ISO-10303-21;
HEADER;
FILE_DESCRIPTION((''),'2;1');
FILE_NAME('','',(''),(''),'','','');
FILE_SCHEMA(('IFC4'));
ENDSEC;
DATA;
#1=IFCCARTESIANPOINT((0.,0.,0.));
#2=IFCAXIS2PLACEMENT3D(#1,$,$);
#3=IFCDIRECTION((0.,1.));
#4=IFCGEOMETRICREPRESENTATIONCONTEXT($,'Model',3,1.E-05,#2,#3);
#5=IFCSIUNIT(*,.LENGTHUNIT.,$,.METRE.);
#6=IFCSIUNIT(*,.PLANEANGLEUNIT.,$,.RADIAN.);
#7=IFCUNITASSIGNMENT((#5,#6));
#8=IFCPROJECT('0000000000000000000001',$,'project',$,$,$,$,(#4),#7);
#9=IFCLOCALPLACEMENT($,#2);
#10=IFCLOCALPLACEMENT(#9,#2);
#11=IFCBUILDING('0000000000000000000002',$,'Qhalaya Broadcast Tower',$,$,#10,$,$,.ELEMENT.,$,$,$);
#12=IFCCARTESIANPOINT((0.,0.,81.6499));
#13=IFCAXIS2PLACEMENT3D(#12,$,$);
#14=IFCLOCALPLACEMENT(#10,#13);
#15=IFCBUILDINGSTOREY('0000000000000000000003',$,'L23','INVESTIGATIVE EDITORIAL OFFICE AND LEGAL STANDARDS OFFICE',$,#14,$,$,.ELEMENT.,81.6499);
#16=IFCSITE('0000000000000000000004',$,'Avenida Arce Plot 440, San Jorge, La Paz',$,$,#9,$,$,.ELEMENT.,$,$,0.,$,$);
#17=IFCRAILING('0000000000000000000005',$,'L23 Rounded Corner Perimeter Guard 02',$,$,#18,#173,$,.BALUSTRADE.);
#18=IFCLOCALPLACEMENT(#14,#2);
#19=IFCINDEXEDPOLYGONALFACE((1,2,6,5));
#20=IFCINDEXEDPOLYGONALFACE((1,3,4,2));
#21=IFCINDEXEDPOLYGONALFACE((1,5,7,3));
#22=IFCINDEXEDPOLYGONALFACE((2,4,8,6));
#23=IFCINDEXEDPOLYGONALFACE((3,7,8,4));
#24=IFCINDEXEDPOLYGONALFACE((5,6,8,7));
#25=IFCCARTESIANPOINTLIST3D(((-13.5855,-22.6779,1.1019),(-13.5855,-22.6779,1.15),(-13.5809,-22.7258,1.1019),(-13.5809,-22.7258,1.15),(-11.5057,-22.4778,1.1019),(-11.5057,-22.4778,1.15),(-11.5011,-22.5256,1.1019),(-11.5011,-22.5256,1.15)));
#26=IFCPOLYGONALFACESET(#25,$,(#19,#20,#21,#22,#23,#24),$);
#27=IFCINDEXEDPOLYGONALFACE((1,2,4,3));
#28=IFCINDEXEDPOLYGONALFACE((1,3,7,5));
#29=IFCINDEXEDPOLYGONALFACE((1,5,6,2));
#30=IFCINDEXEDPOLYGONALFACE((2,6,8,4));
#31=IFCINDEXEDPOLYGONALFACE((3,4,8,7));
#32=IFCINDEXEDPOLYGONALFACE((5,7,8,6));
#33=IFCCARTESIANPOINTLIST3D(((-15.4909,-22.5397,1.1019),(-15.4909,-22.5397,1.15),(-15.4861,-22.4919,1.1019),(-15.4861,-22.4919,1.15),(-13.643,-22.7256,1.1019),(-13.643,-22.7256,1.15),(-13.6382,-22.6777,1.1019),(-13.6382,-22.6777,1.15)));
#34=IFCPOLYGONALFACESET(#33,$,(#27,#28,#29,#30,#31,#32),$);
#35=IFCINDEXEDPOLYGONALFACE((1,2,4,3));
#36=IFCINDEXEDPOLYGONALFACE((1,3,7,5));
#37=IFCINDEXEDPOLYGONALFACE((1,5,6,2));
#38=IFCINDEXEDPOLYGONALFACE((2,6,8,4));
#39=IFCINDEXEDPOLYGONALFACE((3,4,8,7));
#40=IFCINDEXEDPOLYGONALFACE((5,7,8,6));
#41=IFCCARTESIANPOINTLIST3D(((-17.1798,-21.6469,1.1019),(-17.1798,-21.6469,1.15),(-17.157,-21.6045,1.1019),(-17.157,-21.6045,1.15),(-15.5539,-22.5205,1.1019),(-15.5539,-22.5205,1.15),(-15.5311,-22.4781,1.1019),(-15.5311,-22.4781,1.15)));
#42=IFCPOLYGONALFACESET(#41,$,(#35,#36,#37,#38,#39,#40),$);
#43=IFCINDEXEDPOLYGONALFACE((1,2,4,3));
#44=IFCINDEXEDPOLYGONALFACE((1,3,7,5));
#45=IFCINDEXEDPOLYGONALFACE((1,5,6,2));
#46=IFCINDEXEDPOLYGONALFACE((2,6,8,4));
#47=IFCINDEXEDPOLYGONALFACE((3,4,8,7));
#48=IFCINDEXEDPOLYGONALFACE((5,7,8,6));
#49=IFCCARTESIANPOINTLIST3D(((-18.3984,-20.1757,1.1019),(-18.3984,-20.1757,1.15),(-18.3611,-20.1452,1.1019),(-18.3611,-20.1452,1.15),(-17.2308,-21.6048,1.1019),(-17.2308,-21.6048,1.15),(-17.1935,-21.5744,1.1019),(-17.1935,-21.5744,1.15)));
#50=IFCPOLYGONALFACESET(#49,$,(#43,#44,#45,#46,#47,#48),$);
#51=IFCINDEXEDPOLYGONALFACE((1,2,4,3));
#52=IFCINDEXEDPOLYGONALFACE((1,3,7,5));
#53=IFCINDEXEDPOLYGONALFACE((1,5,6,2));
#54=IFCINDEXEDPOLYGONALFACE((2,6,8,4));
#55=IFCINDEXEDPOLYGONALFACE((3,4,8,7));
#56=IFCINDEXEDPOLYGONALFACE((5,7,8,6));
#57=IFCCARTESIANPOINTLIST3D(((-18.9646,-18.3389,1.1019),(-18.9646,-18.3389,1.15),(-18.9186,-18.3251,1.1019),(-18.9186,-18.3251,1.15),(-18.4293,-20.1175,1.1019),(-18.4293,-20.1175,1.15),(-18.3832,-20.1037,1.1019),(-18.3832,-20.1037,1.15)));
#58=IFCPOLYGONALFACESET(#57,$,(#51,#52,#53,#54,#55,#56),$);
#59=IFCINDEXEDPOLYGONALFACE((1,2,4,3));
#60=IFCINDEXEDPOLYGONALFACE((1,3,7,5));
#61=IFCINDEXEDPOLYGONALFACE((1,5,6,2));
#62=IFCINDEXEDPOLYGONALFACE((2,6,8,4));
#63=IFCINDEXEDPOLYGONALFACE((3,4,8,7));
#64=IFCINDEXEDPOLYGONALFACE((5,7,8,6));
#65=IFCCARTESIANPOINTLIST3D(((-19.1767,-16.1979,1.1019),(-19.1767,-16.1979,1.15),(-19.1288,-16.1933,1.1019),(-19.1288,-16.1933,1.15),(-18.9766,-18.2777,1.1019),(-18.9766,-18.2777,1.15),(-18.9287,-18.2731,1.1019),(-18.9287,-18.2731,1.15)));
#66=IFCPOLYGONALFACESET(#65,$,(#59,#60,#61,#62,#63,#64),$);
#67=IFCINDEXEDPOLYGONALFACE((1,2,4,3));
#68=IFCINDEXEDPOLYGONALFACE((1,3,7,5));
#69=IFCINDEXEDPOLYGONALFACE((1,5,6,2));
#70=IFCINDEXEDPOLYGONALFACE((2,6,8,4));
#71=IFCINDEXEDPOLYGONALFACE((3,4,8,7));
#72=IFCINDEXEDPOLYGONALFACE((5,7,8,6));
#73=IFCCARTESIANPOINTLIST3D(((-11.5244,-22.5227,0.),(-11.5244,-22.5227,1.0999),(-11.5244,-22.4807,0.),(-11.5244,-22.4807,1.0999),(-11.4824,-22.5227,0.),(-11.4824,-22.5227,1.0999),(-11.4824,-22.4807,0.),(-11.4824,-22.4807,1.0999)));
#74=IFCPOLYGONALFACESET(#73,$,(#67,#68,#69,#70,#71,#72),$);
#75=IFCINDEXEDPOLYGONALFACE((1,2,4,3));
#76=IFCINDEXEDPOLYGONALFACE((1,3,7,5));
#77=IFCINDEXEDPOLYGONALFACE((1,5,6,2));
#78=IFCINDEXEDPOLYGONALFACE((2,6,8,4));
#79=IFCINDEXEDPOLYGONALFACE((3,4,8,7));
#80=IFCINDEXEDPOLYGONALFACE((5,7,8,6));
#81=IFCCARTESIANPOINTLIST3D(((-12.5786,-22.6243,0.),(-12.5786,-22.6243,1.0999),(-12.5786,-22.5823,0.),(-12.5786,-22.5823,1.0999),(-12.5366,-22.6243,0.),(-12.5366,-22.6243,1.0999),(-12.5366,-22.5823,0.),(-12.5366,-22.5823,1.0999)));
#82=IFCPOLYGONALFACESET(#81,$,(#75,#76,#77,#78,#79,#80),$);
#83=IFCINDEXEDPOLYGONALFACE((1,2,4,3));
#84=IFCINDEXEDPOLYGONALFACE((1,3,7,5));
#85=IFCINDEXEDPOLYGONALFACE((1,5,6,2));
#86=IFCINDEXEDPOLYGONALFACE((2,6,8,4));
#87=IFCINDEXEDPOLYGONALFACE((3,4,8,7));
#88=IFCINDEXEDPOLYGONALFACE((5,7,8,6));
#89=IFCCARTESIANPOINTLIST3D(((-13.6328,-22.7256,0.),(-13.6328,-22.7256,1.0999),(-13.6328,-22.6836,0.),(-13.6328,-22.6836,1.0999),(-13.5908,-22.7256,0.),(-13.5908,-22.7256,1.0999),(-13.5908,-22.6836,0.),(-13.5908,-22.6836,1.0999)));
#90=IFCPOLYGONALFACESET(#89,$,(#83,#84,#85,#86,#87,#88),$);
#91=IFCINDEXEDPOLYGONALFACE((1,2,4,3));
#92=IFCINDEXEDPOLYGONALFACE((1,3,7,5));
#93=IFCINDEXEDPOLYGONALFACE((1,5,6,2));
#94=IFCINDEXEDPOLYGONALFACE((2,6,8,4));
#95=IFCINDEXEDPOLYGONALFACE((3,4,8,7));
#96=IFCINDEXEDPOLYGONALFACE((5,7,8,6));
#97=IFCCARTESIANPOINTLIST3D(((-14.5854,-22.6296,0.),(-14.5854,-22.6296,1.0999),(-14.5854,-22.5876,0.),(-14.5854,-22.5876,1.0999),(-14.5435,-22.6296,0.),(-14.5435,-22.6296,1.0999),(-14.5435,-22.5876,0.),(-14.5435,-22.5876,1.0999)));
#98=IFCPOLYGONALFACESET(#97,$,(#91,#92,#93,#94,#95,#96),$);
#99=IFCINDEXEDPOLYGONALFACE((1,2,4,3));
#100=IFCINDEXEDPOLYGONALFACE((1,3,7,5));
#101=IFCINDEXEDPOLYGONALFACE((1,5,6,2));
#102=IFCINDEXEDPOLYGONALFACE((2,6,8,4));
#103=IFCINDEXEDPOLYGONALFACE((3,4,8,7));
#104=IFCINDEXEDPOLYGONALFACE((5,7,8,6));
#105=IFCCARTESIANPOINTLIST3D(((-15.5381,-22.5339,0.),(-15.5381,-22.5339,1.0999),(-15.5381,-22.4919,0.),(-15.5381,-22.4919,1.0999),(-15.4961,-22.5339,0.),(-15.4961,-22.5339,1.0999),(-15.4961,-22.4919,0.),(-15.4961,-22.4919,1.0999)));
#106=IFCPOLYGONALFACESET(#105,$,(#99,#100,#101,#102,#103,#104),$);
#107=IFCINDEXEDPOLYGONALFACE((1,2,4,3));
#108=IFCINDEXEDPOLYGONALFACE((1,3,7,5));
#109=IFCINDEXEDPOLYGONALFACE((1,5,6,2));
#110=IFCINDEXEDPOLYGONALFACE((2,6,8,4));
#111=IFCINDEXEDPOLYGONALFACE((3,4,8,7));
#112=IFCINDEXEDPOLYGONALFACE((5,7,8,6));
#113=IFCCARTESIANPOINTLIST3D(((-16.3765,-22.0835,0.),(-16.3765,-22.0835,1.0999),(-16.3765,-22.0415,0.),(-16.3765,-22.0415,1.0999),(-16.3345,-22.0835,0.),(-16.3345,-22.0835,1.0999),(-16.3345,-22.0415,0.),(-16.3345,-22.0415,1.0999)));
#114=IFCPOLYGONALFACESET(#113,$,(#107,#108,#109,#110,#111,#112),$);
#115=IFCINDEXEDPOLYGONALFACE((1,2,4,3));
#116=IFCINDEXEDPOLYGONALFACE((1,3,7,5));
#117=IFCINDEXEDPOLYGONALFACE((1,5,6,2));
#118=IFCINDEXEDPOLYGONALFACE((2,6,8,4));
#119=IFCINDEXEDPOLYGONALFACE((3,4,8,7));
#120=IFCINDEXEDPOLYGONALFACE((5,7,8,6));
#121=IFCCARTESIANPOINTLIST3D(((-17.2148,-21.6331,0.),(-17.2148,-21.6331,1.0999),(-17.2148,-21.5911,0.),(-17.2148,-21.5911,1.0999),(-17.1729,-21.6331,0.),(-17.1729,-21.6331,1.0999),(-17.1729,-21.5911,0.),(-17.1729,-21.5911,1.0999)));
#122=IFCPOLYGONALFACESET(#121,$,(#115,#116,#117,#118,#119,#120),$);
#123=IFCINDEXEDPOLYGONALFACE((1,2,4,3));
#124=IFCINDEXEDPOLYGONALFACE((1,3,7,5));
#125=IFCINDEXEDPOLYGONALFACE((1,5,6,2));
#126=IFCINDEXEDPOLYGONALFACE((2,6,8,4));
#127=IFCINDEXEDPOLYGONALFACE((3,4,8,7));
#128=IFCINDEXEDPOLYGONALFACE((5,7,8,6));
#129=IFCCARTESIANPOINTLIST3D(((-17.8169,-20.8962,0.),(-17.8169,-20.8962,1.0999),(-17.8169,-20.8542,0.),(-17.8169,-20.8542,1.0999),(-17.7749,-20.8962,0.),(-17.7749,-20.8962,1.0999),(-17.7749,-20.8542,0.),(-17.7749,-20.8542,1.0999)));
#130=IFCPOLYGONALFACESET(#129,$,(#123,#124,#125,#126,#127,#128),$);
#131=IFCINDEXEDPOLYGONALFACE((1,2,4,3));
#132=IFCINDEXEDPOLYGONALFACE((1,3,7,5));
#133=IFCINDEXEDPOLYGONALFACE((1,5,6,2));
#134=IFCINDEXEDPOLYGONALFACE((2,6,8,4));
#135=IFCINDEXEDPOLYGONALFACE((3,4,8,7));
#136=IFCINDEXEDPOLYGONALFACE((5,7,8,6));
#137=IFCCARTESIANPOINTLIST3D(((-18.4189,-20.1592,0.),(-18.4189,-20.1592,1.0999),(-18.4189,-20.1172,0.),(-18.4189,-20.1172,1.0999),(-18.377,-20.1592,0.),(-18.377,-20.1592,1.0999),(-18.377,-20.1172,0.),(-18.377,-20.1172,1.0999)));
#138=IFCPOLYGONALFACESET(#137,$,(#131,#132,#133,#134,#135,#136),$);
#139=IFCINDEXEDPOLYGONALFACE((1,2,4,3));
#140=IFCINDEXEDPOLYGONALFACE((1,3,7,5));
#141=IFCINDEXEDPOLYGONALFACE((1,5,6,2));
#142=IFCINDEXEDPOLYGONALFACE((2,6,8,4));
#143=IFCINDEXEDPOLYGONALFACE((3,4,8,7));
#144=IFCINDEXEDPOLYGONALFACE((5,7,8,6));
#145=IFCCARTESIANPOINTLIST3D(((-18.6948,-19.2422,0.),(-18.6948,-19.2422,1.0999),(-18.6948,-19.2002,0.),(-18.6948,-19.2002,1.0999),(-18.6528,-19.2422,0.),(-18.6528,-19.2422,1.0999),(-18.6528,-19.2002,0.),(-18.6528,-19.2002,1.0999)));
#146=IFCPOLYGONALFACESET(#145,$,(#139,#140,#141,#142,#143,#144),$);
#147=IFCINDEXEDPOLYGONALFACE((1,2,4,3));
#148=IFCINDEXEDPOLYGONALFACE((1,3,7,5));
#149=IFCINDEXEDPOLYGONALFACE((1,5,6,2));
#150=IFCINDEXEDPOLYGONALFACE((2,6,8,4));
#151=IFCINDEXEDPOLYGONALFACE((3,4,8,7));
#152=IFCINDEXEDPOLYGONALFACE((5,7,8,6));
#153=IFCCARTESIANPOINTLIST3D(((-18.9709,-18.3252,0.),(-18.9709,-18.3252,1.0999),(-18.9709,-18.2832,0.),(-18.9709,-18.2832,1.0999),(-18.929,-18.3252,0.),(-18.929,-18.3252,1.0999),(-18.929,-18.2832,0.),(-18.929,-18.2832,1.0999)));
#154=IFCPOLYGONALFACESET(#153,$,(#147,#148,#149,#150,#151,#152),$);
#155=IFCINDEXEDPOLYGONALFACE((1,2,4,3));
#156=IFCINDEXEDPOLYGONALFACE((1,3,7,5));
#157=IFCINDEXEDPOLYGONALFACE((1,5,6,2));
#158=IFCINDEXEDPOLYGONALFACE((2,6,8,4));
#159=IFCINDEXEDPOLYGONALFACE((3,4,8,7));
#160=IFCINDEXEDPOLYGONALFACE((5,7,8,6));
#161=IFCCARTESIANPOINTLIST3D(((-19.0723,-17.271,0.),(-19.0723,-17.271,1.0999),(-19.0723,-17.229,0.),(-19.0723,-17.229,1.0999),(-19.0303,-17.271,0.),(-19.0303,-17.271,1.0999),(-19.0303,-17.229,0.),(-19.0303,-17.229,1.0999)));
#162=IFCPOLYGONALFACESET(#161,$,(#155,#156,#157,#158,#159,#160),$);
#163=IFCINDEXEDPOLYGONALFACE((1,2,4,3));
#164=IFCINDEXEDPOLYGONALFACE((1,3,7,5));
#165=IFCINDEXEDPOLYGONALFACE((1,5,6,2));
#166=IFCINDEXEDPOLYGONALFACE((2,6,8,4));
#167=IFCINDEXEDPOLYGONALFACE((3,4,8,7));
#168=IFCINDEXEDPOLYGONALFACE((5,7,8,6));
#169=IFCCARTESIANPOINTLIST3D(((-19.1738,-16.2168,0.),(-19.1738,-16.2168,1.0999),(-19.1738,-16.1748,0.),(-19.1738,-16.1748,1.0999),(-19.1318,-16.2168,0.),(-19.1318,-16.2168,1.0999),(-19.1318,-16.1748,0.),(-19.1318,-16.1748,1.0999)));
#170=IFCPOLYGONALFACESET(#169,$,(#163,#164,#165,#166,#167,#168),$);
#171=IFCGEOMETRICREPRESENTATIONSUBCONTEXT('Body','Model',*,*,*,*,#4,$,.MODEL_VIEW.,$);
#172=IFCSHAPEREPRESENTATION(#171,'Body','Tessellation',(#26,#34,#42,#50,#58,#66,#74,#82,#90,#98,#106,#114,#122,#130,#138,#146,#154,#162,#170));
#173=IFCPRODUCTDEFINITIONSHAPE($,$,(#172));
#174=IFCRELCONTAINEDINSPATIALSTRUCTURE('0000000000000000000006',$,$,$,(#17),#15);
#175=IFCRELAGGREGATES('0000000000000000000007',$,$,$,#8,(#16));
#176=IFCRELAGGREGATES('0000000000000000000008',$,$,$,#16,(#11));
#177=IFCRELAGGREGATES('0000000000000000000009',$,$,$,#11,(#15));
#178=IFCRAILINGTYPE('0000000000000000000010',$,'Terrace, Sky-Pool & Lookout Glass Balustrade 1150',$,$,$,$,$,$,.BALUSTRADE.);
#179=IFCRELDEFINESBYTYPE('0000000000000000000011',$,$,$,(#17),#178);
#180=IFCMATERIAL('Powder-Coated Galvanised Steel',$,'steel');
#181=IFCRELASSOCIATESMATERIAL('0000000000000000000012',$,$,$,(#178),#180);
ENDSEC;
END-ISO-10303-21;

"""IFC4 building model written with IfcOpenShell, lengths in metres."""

from ifc_helpers import new_model, si_unit, direction, frame, origin, origin_2d, place, context, subcontext, project, spatial, rectangle, extrude, material, type_object, element, save


model = new_model("IFC4")

# Units and contexts
model_context = context("Model", 3, precision=1e-05, world=origin(), true_north=direction((0.0, 1.0)))
body_context = subcontext(model_context, "Body", "Model", "MODEL_VIEW")
ifc_project = project(units=[si_unit("LENGTHUNIT", "METRE"), si_unit("PLANEANGLEUNIT", "RADIAN")], contexts=[model_context])

# Site, building, storey
site_placement = place(None, origin())
site = spatial("IfcSite", under=ifc_project, at=site_placement, Name="Avenida Arce Plot 440, San Jorge, La Paz", CompositionType="ELEMENT", RefElevation=0.0)
building_placement = place(site_placement, origin())
building = spatial("IfcBuilding", under=site, at=building_placement, Name="Qhalaya Broadcast Tower", CompositionType="ELEMENT")
storey_placement = place(building_placement, frame((0.0, 0.0, 81.6499)))
storey = spatial("IfcBuildingStorey", under=building, at=storey_placement, Name="L23", Description="INVESTIGATIVE EDITORIAL OFFICE AND LEGAL STANDARDS OFFICE", CompositionType="ELEMENT", Elevation=81.6499)

# Railing
ifc_material_1 = material(Name="Powder-Coated Galvanised Steel", Category="steel")
railing_type = type_object("IfcRailingType", Name="Terrace, Sky-Pool & Lookout Glass Balustrade 1150", PredefinedType="BALUSTRADE", material=ifc_material_1)
railing_placement = place(storey_placement, frame((-11.5034, -22.5017, 0.0)))
element("IfcRailing", 1, at=railing_placement, inside=storey, type_object=railing_type, Name="L23 Rounded Corner Perimeter Guard 02", PredefinedType="BALUSTRADE", context=body_context, shape_type="SweptSolid", body=[
    extrude(rectangle(XDim=0.0481, YDim=0.0481, at=origin_2d()), frame((0.0, 0.0, 1.126), z_axis=(-0.995402, -0.095783, 0.0), x_axis=(0.095783, -0.995402, 0.0)), (0.0, 0.0, 1.0), 2.0894),
    extrude(rectangle(XDim=0.0481, YDim=0.0481, at=origin_2d()), frame((-2.1372, -0.2, 1.126), z_axis=(-0.994979, 0.100084, 0.0), x_axis=(-0.100084, -0.994979, 0.0)), (0.0, 0.0, 1.0), 1.8572),
    extrude(rectangle(XDim=0.0481, YDim=0.0481, at=origin_2d()), frame((-4.0391, 0.0024, 1.126), z_axis=(-0.880907, 0.473289, 0.0), x_axis=(-0.473289, -0.880907, 0.0)), (0.0, 0.0, 1.0), 1.8457),
    extrude(rectangle(XDim=0.0481, YDim=0.0481, at=origin_2d()), frame((-5.7087, 0.9121, 1.126), z_axis=(-0.632672, 0.77442, 0.0), x_axis=(-0.77442, -0.632672, 0.0)), (0.0, 0.0, 1.0), 1.8455),
    extrude(rectangle(XDim=0.0481, YDim=0.0481, at=origin_2d()), frame((-6.9028, 2.3911, 1.126), z_axis=(-0.288213, 0.957566, 0.0), x_axis=(-0.957566, -0.288213, 0.0)), (0.0, 0.0, 1.0), 1.8574),
    extrude(rectangle(XDim=0.0481, YDim=0.0481, at=origin_2d()), frame((-7.4492, 4.2263, 1.126), z_axis=(-0.095783, 0.995402, 0.0), x_axis=(-0.995402, -0.095783, 0.0)), (0.0, 0.0, 1.0), 2.0894),
    extrude(rectangle(XDim=0.042, YDim=0.042, at=origin_2d()), origin(), (0.0, 0.0, 1.0), 1.0999),
    extrude(rectangle(XDim=0.042, YDim=0.042, at=origin_2d()), frame((-1.0542, -0.1016, 0.0)), (0.0, 0.0, 1.0), 1.0999),
    extrude(rectangle(XDim=0.042, YDim=0.042, at=origin_2d()), frame((-2.1084, -0.2029, 0.0)), (0.0, 0.0, 1.0), 1.0999),
    extrude(rectangle(XDim=0.042, YDim=0.042, at=origin_2d()), frame((-3.061, -0.1069, 0.0)), (0.0, 0.0, 1.0), 1.0999),
    extrude(rectangle(XDim=0.042, YDim=0.042, at=origin_2d()), frame((-4.0137, -0.0112, 0.0)), (0.0, 0.0, 1.0), 1.0999),
    extrude(rectangle(XDim=0.042, YDim=0.042, at=origin_2d()), frame((-4.8521, 0.4392, 0.0)), (0.0, 0.0, 1.0), 1.0999),
    extrude(rectangle(XDim=0.042, YDim=0.042, at=origin_2d()), frame((-5.6904, 0.8896, 0.0)), (0.0, 0.0, 1.0), 1.0999),
    extrude(rectangle(XDim=0.042, YDim=0.042, at=origin_2d()), frame((-6.2925, 1.6265, 0.0)), (0.0, 0.0, 1.0), 1.0999),
    extrude(rectangle(XDim=0.042, YDim=0.042, at=origin_2d()), frame((-6.8945, 2.3635, 0.0)), (0.0, 0.0, 1.0), 1.0999),
    extrude(rectangle(XDim=0.042, YDim=0.042, at=origin_2d()), frame((-7.1704, 3.2805, 0.0)), (0.0, 0.0, 1.0), 1.0999),
    extrude(rectangle(XDim=0.042, YDim=0.042, at=origin_2d()), frame((-7.4465, 4.1975, 0.0)), (0.0, 0.0, 1.0), 1.0999),
    extrude(rectangle(XDim=0.042, YDim=0.042, at=origin_2d()), frame((-7.5479, 5.2517, 0.0)), (0.0, 0.0, 1.0), 1.0999),
    extrude(rectangle(XDim=0.042, YDim=0.042, at=origin_2d()), frame((-7.6494, 6.3059, 0.0)), (0.0, 0.0, 1.0), 1.0999),
])

save(model, "model.ifc")
